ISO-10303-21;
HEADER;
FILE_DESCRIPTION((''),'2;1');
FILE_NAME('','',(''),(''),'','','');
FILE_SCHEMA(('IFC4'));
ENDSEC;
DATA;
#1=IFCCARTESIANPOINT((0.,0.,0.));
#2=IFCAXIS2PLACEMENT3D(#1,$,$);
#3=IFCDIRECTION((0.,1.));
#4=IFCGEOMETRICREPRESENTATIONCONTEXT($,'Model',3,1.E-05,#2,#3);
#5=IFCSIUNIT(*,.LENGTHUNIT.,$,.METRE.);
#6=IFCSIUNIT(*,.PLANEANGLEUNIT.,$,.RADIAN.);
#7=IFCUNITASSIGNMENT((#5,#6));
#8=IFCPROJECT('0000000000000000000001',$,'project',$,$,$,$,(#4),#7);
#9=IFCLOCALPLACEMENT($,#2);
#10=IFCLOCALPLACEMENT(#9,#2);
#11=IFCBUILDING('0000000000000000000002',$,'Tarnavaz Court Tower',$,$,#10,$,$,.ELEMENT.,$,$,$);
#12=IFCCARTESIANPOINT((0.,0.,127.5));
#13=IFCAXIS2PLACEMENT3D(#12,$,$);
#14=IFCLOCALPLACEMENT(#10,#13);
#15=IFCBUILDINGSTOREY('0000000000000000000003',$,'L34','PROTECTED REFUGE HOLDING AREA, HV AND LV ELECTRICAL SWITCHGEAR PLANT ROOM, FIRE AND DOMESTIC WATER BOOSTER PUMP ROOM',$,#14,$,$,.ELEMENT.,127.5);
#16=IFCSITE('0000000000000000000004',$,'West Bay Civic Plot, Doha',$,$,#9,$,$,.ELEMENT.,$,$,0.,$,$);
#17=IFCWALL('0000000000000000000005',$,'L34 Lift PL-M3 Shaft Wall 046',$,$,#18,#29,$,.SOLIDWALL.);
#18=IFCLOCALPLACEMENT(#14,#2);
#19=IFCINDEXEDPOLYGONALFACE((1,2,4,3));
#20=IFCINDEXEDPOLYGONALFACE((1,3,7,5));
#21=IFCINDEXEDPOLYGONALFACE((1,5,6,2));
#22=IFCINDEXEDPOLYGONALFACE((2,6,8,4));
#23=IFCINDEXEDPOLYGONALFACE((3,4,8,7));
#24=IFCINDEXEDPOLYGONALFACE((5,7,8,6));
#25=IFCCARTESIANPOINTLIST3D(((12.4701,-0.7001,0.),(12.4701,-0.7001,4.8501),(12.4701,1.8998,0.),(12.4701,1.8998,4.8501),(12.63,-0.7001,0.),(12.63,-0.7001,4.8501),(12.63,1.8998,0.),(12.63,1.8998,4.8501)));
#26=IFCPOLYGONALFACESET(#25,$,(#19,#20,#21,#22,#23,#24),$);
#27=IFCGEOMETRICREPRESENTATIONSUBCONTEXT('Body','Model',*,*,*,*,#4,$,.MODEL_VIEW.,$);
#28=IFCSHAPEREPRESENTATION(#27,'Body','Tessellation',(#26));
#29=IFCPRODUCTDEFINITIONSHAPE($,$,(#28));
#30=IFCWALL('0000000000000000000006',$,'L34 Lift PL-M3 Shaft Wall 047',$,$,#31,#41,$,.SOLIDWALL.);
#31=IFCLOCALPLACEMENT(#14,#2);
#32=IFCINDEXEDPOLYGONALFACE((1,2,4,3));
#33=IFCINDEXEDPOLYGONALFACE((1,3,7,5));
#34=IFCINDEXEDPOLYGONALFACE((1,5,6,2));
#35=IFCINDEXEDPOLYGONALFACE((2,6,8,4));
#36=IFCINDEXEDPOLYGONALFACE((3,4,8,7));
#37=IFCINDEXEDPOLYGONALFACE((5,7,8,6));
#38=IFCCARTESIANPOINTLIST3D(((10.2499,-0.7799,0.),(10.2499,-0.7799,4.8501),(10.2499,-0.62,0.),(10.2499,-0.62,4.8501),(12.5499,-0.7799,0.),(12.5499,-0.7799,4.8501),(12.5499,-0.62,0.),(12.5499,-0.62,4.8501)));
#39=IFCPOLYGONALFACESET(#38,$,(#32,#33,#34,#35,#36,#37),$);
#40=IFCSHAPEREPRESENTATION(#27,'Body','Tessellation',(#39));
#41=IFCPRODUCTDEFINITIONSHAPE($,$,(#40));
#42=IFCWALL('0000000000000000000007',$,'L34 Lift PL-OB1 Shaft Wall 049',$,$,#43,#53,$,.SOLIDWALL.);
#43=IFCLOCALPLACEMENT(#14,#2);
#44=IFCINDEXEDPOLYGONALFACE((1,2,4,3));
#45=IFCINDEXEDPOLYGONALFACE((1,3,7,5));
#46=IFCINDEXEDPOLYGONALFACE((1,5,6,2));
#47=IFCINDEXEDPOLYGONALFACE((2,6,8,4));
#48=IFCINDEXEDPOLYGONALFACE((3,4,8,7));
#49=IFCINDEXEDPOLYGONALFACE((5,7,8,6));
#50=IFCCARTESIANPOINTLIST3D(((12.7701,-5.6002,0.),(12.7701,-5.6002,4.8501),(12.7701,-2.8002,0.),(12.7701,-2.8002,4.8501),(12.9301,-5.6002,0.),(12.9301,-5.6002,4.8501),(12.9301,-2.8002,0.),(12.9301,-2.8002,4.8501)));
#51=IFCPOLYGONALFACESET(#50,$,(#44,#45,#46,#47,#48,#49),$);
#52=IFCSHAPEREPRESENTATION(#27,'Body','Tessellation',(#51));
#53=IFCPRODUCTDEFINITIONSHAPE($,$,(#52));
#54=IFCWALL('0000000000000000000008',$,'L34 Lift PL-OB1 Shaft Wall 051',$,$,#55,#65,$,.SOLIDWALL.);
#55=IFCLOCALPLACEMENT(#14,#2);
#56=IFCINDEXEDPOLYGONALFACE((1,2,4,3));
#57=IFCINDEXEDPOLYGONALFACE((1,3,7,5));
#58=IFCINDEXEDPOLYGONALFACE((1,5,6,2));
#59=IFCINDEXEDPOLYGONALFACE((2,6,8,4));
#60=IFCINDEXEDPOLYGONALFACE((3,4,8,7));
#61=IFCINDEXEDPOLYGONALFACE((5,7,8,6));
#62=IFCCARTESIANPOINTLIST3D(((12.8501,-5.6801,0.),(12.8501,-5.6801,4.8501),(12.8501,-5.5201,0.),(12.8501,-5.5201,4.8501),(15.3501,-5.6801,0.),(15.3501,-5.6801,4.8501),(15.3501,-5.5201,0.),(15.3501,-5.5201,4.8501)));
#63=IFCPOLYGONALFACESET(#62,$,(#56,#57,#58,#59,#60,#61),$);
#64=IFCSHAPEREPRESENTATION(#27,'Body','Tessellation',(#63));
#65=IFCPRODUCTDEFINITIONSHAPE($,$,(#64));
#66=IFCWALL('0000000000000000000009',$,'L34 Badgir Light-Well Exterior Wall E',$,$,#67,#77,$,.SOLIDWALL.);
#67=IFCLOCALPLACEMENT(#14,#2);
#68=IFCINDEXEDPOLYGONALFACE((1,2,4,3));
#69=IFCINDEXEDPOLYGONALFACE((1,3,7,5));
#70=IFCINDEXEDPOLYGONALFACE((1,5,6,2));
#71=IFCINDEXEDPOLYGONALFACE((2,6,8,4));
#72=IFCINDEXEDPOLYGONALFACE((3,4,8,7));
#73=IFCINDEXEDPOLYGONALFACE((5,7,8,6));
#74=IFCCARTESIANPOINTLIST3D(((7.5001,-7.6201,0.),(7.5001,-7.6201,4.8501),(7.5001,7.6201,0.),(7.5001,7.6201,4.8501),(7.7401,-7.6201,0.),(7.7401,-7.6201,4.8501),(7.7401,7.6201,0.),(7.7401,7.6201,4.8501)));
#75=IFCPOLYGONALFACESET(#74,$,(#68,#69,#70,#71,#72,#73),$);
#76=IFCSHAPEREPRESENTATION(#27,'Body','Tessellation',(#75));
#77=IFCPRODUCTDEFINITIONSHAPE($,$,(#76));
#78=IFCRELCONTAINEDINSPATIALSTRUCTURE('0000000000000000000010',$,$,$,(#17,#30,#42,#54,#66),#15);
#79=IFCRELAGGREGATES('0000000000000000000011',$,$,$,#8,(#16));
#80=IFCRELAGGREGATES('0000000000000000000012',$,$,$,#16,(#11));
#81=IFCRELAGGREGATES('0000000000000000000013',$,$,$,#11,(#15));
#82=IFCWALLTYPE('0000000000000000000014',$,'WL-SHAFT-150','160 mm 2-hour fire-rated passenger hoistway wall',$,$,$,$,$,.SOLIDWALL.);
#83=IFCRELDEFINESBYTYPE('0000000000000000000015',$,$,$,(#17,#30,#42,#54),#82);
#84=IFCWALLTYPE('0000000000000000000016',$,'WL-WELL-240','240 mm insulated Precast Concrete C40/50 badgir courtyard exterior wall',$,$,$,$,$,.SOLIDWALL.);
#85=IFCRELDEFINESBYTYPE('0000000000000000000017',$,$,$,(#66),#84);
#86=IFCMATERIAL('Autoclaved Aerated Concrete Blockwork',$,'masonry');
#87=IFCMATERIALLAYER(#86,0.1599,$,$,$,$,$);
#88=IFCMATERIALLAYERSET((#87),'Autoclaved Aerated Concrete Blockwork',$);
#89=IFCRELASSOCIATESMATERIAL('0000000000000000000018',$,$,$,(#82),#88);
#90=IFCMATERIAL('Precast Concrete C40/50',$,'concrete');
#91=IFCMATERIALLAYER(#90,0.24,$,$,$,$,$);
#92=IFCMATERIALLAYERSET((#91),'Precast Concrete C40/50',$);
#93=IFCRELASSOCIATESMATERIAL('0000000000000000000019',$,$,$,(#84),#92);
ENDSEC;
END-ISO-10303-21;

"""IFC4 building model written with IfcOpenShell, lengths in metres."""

from ifc_helpers import new_model, si_unit, direction, frame, frame_2d, origin, place, context, subcontext, project, spatial, rectangle, extrude, material, layer, layer_set, type_object, element, save


model = new_model("IFC4")

# Units and contexts
model_context = context("Model", 3, precision=1e-05, world=origin(), true_north=direction((0.0, 1.0)))
body_context = subcontext(model_context, "Body", "Model", "MODEL_VIEW")
ifc_project = project(units=[si_unit("LENGTHUNIT", "METRE"), si_unit("PLANEANGLEUNIT", "RADIAN")], contexts=[model_context])

# Site, building, storey
site_placement = place(None, origin())
site = spatial("IfcSite", under=ifc_project, at=site_placement, Name="West Bay Civic Plot, Doha", CompositionType="ELEMENT", RefElevation=0.0)
building_placement = place(site_placement, origin())
building = spatial("IfcBuilding", under=site, at=building_placement, Name="Tarnavaz Court Tower", CompositionType="ELEMENT")
storey_placement = place(building_placement, frame((0.0, 0.0, 127.5)))
storey = spatial("IfcBuildingStorey", under=building, at=storey_placement, Name="L34", Description="PROTECTED REFUGE HOLDING AREA, HV AND LV ELECTRICAL SWITCHGEAR PLANT ROOM, FIRE AND DOMESTIC WATER BOOSTER PUMP ROOM", CompositionType="ELEMENT", Elevation=127.5)

# Shared definitions
ifc_material_1 = material(Name="Autoclaved Aerated Concrete Blockwork", Category="masonry")
ifc_layer_1 = layer(ifc_material_1, 0.1599)
ifc_layer_set_1 = layer_set([ifc_layer_1], Name="Autoclaved Aerated Concrete Blockwork")
wall_type_1 = type_object("IfcWallType", Name="WL-SHAFT-150", Description="160 mm 2-hour fire-rated passenger hoistway wall", PredefinedType="SOLIDWALL", material=ifc_layer_set_1)

# Walls
wall_1_placement = place(storey_placement, frame((12.55, -0.7, 0.0), z_axis=(0.0, 0.0, 1.0), x_axis=(0.0, 1.0, 0.0)))
element("IfcWall", 1, at=wall_1_placement, inside=storey, type_object=wall_type_1, Name="L34 Lift PL-M3 Shaft Wall 046", PredefinedType="SOLIDWALL", context=body_context, shape_type="SweptSolid", body=[
    extrude(rectangle(XDim=2.5999, YDim=0.1599, at=frame_2d((1.2998, 0.0))), origin(), (0.0, 0.0, 1.0), 4.8501),
])
wall_2_placement = place(storey_placement, frame((10.25, -0.7, 0.0), z_axis=(0.0, 0.0, 1.0), x_axis=(1.0, 0.0, 0.0)))
element("IfcWall", 2, at=wall_2_placement, inside=storey, type_object=wall_type_1, Name="L34 Lift PL-M3 Shaft Wall 047", PredefinedType="SOLIDWALL", context=body_context, shape_type="SweptSolid", body=[
    extrude(rectangle(XDim=2.3, YDim=0.1599, at=frame_2d((1.1499, 0.0))), origin(), (0.0, 0.0, 1.0), 4.8501),
])
wall_3_placement = place(storey_placement, frame((12.8501, -5.6001, 0.0), z_axis=(0.0, 0.0, 1.0), x_axis=(0.0, 1.0, 0.0)))
element("IfcWall", 3, at=wall_3_placement, inside=storey, type_object=wall_type_1, Name="L34 Lift PL-OB1 Shaft Wall 049", PredefinedType="SOLIDWALL", context=body_context, shape_type="SweptSolid", body=[
    extrude(rectangle(XDim=2.8, YDim=0.1599, at=frame_2d((1.3999, 0.0))), origin(), (0.0, 0.0, 1.0), 4.8501),
])
wall_4_placement = place(storey_placement, frame((12.8501, -5.6001, 0.0), z_axis=(0.0, 0.0, 1.0), x_axis=(1.0, 0.0, 0.0)))
element("IfcWall", 4, at=wall_4_placement, inside=storey, type_object=wall_type_1, Name="L34 Lift PL-OB1 Shaft Wall 051", PredefinedType="SOLIDWALL", context=body_context, shape_type="SweptSolid", body=[
    extrude(rectangle(XDim=2.5, YDim=0.1599, at=frame_2d((1.25, 0.0))), origin(), (0.0, 0.0, 1.0), 4.8501),
])
ifc_material_2 = material(Name="Precast Concrete C40/50", Category="concrete")
ifc_layer_2 = layer(ifc_material_2, 0.24)
ifc_layer_set_2 = layer_set([ifc_layer_2], Name="Precast Concrete C40/50")
wall_type_2 = type_object("IfcWallType", Name="WL-WELL-240", Description="240 mm insulated Precast Concrete C40/50 badgir courtyard exterior wall", PredefinedType="SOLIDWALL", material=ifc_layer_set_2)
wall_5_placement = place(storey_placement, frame((7.6201, -7.6201, 0.0), z_axis=(0.0, 0.0, 1.0), x_axis=(0.0, 1.0, 0.0)))
element("IfcWall", 5, at=wall_5_placement, inside=storey, type_object=wall_type_2, Name="L34 Badgir Light-Well Exterior Wall E", PredefinedType="SOLIDWALL", context=body_context, shape_type="SweptSolid", body=[
    extrude(rectangle(XDim=15.2402, YDim=0.24, at=frame_2d((7.6201, 0.0))), origin(), (0.0, 0.0, 1.0), 4.8501),
])

save(model, "model.ifc")
